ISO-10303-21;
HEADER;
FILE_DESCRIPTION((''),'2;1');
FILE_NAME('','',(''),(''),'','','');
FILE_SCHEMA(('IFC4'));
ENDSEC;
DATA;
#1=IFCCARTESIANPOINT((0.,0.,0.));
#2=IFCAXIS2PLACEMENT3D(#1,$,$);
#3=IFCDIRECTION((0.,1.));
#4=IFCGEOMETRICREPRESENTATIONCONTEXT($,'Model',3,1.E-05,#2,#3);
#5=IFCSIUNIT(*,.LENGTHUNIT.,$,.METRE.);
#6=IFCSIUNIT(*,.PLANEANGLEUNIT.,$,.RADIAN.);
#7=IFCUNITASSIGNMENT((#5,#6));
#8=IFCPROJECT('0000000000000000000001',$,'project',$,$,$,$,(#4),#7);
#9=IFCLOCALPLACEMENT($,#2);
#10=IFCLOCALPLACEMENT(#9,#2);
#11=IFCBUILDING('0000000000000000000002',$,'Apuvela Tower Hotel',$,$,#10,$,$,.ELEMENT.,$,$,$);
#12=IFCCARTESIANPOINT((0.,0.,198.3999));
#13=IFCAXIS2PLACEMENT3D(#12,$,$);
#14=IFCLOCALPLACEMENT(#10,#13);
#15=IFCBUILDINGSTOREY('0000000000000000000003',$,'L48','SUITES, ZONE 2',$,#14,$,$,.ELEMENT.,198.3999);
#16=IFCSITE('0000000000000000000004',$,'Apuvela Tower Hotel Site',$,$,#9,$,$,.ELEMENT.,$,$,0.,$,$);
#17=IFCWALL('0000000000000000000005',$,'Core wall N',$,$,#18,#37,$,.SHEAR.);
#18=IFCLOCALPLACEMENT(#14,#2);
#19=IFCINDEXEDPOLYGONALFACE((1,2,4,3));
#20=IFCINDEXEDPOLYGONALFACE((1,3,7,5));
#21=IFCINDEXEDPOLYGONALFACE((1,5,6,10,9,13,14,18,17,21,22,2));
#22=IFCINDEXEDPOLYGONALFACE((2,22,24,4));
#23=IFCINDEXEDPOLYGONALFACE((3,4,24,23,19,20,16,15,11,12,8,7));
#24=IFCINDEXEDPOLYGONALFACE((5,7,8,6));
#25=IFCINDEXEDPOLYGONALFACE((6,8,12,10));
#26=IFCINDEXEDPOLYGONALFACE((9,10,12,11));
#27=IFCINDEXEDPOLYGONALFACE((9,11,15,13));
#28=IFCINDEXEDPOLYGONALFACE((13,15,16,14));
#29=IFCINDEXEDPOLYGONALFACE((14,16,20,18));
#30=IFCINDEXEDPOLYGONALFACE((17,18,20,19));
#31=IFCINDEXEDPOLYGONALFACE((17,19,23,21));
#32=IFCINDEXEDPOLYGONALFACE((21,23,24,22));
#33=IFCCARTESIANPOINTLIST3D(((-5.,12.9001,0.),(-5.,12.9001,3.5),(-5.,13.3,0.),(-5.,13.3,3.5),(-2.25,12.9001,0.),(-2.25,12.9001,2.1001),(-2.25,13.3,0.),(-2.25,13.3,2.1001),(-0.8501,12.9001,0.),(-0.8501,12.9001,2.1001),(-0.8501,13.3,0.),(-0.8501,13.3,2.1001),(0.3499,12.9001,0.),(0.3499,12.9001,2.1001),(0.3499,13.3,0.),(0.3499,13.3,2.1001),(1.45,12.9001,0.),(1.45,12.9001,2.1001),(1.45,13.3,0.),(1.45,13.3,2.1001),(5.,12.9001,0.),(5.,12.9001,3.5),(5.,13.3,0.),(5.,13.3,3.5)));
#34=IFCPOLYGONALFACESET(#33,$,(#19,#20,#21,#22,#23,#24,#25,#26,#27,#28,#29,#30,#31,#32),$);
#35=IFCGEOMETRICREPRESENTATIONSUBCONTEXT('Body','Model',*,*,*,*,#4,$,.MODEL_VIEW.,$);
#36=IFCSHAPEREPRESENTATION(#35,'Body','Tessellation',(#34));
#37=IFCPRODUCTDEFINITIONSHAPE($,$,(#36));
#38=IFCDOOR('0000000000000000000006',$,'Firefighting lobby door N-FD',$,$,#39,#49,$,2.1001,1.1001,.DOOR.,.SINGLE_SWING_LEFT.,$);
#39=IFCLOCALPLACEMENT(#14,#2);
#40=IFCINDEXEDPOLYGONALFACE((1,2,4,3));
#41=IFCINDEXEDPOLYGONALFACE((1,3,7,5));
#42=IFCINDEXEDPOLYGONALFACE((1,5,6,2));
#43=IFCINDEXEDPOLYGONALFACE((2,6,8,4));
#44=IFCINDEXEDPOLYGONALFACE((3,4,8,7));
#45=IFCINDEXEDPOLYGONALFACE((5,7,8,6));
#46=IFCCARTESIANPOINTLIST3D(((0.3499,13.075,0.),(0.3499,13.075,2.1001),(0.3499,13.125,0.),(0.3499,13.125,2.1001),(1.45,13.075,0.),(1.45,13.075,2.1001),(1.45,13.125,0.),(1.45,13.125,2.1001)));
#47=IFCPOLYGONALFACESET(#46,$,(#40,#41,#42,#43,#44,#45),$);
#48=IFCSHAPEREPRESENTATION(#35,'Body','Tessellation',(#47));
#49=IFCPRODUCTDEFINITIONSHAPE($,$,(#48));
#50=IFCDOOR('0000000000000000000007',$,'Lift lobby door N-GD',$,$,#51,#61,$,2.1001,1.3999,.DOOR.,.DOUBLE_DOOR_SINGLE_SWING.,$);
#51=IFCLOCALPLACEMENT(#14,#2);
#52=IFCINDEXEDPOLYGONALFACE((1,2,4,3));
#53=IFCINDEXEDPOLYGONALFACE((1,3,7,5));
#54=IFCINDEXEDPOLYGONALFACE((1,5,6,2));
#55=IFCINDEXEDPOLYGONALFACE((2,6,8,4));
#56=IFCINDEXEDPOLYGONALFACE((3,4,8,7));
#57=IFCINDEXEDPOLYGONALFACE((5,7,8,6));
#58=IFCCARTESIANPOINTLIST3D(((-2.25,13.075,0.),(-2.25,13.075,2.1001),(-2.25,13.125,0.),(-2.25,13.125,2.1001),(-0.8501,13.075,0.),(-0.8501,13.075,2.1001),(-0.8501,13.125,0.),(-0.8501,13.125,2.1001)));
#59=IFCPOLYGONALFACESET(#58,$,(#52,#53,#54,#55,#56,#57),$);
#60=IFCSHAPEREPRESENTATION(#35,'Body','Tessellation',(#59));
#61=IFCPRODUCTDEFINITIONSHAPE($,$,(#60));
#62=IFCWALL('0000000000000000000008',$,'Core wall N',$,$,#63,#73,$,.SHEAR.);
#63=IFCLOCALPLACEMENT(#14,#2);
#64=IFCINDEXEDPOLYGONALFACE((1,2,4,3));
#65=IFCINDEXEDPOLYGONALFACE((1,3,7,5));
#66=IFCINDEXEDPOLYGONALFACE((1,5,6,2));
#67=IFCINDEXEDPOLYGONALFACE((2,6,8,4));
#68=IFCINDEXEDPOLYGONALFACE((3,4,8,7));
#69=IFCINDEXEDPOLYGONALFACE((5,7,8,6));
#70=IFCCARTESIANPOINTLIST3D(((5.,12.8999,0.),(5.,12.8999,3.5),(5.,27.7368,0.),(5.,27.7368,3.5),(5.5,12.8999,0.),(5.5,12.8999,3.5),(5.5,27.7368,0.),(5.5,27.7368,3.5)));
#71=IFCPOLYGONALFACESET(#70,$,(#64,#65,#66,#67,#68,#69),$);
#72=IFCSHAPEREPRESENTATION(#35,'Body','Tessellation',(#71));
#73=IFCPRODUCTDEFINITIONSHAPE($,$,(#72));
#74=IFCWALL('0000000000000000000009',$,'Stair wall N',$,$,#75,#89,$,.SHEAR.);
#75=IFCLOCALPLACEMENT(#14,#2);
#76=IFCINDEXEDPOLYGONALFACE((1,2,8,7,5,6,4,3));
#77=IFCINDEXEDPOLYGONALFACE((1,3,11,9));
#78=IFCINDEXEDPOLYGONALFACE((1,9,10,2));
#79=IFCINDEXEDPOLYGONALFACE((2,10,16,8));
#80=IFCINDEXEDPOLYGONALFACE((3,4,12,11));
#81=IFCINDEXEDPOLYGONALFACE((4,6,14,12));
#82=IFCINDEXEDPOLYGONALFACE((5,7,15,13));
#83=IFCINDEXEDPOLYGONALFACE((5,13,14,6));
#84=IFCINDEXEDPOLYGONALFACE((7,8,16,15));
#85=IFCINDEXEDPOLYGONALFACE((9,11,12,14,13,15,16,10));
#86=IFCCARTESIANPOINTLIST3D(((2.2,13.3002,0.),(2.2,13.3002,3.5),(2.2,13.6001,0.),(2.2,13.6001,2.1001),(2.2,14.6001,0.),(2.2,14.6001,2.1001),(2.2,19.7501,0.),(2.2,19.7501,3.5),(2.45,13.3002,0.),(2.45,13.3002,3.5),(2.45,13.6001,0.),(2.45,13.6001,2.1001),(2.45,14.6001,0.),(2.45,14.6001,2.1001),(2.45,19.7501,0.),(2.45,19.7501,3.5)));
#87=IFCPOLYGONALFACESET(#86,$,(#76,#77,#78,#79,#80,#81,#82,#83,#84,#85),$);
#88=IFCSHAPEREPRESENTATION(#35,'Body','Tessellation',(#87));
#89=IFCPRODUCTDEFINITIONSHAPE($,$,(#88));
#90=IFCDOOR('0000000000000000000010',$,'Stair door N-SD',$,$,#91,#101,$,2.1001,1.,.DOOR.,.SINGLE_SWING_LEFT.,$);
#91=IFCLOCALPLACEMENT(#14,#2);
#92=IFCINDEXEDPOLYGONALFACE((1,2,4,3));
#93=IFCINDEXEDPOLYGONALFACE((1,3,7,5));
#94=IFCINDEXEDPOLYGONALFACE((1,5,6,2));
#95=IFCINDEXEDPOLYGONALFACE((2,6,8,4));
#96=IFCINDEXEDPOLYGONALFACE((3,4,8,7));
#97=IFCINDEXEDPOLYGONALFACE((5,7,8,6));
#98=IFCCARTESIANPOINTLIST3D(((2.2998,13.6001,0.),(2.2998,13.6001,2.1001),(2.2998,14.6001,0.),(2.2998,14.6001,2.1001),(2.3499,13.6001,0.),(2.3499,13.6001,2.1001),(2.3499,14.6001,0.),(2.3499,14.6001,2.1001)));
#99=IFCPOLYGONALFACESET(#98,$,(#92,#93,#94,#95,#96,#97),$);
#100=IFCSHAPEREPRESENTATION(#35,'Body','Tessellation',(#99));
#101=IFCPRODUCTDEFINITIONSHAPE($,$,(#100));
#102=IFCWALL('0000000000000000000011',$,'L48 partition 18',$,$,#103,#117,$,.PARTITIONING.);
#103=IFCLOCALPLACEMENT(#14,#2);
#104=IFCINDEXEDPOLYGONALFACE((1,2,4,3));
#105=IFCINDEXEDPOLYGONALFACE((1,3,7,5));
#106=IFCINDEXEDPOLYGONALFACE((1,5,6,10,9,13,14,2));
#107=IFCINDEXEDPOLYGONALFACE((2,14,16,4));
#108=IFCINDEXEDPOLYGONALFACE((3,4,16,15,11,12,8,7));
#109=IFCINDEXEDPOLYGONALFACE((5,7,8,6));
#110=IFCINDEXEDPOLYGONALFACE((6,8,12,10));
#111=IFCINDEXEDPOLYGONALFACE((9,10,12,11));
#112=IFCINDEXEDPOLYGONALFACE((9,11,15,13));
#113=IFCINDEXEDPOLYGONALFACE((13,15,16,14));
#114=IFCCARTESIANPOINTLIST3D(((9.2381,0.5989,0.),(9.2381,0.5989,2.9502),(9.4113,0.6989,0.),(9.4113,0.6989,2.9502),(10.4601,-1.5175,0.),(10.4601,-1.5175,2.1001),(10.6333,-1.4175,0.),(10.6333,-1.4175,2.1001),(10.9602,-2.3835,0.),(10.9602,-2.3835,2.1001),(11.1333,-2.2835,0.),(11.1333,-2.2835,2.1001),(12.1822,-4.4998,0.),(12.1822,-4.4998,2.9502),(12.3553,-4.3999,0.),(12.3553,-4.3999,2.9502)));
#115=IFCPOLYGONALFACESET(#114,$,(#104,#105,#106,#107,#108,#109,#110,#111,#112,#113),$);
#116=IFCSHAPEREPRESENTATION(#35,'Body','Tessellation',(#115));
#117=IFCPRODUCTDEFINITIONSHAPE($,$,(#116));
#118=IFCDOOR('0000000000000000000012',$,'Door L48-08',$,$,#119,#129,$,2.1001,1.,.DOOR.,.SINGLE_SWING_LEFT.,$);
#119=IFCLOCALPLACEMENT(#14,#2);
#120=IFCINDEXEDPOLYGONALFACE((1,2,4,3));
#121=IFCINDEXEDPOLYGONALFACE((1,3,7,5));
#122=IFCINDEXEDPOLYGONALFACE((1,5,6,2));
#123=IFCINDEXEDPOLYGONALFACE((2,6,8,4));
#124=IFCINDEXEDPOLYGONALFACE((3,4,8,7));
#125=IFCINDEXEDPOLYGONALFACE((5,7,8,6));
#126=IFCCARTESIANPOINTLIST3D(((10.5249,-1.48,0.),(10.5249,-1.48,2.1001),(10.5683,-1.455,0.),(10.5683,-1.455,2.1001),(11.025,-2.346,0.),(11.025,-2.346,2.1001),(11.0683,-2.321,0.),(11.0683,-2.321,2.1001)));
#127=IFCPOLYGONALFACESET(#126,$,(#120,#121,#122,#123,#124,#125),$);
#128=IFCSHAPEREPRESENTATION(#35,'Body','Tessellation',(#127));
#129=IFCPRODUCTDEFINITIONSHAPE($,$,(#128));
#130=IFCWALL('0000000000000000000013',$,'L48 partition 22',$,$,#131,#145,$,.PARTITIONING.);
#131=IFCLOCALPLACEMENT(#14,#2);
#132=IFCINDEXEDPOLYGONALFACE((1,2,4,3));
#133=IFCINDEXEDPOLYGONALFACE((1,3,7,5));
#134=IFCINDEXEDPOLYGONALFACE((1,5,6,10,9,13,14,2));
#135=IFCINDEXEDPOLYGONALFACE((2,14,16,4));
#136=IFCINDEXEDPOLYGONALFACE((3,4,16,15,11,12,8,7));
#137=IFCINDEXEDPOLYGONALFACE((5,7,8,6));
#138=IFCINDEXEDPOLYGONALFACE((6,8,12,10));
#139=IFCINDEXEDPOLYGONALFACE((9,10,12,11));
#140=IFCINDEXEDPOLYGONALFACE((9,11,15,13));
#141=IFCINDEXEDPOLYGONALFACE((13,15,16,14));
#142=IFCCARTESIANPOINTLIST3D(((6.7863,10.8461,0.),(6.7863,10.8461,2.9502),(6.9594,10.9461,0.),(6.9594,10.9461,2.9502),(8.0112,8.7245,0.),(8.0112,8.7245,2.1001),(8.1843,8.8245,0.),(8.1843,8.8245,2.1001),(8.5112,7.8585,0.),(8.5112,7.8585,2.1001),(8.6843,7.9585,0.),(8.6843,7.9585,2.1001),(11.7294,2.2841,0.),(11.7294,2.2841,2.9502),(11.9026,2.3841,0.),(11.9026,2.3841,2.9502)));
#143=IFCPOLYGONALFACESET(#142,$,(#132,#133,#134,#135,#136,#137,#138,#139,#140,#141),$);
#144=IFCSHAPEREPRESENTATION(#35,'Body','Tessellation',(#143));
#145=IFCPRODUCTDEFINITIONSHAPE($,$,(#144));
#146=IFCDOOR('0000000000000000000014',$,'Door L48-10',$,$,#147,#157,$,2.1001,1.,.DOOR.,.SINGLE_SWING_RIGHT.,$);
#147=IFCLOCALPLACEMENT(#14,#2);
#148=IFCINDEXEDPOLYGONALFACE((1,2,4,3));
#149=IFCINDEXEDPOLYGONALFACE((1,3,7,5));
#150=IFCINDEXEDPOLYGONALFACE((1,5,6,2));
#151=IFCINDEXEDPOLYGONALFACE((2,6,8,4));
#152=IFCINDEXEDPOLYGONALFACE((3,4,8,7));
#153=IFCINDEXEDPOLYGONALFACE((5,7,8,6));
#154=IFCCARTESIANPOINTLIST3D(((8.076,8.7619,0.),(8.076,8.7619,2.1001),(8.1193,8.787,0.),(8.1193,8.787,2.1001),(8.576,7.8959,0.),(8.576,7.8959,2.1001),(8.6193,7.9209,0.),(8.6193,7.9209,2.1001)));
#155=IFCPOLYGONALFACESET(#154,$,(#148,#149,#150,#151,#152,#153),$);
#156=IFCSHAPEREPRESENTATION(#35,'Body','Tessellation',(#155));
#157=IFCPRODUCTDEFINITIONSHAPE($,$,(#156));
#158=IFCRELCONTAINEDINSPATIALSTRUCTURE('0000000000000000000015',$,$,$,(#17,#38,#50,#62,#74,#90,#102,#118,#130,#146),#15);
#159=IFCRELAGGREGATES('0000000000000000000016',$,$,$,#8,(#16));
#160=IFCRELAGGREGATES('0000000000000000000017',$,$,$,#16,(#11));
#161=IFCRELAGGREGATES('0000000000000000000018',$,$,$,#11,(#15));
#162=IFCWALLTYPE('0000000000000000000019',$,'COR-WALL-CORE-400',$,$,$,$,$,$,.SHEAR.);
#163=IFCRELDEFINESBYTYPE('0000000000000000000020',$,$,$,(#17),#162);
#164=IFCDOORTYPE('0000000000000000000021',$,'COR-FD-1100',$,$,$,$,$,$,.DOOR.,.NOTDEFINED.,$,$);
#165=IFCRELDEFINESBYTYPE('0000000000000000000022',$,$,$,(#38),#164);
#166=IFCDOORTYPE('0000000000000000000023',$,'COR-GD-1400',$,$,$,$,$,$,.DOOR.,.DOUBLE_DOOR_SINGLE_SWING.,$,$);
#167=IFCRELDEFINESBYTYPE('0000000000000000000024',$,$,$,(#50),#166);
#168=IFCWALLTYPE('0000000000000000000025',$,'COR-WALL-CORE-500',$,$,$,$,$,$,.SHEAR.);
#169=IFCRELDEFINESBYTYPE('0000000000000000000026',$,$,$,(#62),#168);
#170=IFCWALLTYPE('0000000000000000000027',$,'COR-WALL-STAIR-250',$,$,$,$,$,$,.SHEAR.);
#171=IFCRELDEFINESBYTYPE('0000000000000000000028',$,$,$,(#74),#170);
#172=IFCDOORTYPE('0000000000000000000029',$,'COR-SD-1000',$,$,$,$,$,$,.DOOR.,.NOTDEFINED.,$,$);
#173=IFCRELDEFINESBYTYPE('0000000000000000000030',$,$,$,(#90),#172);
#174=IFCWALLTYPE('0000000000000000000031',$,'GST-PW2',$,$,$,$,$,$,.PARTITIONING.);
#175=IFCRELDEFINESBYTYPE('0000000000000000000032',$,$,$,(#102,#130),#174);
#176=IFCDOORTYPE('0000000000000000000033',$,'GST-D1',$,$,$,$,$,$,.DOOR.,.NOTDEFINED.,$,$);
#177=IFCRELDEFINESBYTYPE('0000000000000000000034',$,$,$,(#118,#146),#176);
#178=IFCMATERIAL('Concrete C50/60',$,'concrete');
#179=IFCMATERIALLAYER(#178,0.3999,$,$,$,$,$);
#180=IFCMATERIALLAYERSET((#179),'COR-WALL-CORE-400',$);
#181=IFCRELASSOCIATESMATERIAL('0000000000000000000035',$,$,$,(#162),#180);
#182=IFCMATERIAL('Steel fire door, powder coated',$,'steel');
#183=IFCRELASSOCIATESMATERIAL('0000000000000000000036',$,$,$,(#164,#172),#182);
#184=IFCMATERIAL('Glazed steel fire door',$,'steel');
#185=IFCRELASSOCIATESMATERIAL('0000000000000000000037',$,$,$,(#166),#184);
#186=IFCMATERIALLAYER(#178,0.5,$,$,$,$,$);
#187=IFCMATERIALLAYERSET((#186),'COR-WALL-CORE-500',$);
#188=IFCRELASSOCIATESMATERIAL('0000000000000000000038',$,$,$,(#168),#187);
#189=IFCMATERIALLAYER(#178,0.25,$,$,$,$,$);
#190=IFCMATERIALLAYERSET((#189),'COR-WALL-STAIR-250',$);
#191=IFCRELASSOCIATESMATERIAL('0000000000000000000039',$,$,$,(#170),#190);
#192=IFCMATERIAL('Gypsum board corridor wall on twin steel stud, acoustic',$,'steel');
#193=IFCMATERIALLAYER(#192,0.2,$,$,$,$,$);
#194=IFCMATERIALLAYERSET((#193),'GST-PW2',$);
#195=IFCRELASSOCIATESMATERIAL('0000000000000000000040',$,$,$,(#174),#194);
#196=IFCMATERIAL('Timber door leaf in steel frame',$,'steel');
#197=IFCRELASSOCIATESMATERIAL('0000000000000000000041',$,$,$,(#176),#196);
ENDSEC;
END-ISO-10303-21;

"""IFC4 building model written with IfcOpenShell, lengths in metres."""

from ifc_helpers import new_model, si_unit, direction, frame, frame_2d, origin, place, context, subcontext, project, spatial, rectangle, extrude, material, layer, layer_set, type_object, element, fill, save


model = new_model("IFC4")

# Units and contexts
model_context = context("Model", 3, precision=1e-05, world=origin(), true_north=direction((0.0, 1.0)))
body_context = subcontext(model_context, "Body", "Model", "MODEL_VIEW")
ifc_project = project(units=[si_unit("LENGTHUNIT", "METRE"), si_unit("PLANEANGLEUNIT", "RADIAN")], contexts=[model_context])

# Site, building, storey
site_placement = place(None, origin())
site = spatial("IfcSite", under=ifc_project, at=site_placement, Name="Apuvela Tower Hotel Site", CompositionType="ELEMENT", RefElevation=0.0)
building_placement = place(site_placement, origin())
building = spatial("IfcBuilding", under=site, at=building_placement, Name="Apuvela Tower Hotel", CompositionType="ELEMENT")
storey_placement = place(building_placement, frame((0.0, 0.0, 198.3999)))
storey = spatial("IfcBuildingStorey", under=building, at=storey_placement, Name="L48", Description="SUITES, ZONE 2", CompositionType="ELEMENT", Elevation=198.3999)

# Shared definitions
ifc_material_1 = material(Name="Concrete C50/60", Category="concrete")

# Wall, openings, doors
ifc_layer_1 = layer(ifc_material_1, 0.3999)
ifc_layer_set_1 = layer_set([ifc_layer_1], Name="COR-WALL-CORE-400")
wall_type_1 = type_object("IfcWallType", Name="COR-WALL-CORE-400", PredefinedType="SHEAR", material=ifc_layer_set_1)
wall_1_placement = place(storey_placement, frame((5.0, 13.1001, 0.0), z_axis=(0.0, 0.0, 1.0), x_axis=(-1.0, 0.0, 0.0)))
wall_1 = element("IfcWall", 1, at=wall_1_placement, inside=storey, type_object=wall_type_1, Name="Core wall N", PredefinedType="SHEAR", context=body_context, shape_type="SweptSolid", body=[
    extrude(rectangle(XDim=10.0, YDim=0.3999, at=frame_2d((5.0, 0.0))), origin(), (0.0, 0.0, 1.0), 3.5),
])
opening_1_placement = place(wall_1_placement, frame((3.55, 0.0, 0.0)))
opening_1 = element("IfcOpeningElement", 2, at=opening_1_placement, cuts=wall_1, PredefinedType="OPENING", context=body_context, shape_type="SweptSolid", body=[
    extrude(rectangle(XDim=1.1001, YDim=2.1001, at=frame_2d((0.55, 1.05))), frame((0.0, 0.21, 0.0), z_axis=(0.0, -1.0, 0.0), x_axis=(1.0, 0.0, 0.0)), (0.0, 0.0, 1.0), 0.4199),
])
opening_2_placement = place(wall_1_placement, frame((5.8501, 0.0, 0.0)))
opening_2 = element("IfcOpeningElement", 3, at=opening_2_placement, cuts=wall_1, PredefinedType="OPENING", context=body_context, shape_type="SweptSolid", body=[
    extrude(rectangle(XDim=1.3999, YDim=2.1001, at=frame_2d((0.7, 1.05))), frame((0.0, 0.21, 0.0), z_axis=(0.0, -1.0, 0.0), x_axis=(1.0, 0.0, 0.0)), (0.0, 0.0, 1.0), 0.4199),
])
ifc_material_2 = material(Name="Steel fire door, powder coated", Category="steel")
door_type_1 = type_object("IfcDoorType", Name="COR-FD-1100", OperationType="NOTDEFINED", PredefinedType="DOOR", material=ifc_material_2)
door_1_placement = place(opening_1_placement, frame((1.1001, 0.0, 0.0), z_axis=(0.0, 0.0, 1.0), x_axis=(-1.0, 0.0, 0.0)))
door_1 = element("IfcDoor", 4, at=door_1_placement, inside=storey, type_object=door_type_1, Name="Firefighting lobby door N-FD", OperationType="SINGLE_SWING_LEFT", OverallHeight=2.1001, OverallWidth=1.1001, PredefinedType="DOOR", context=body_context, shape_type="SweptSolid", body=[
    extrude(rectangle(XDim=1.1001, YDim=2.1001, at=frame_2d((0.55, 1.05))), frame((0.0, 0.0249, 0.0), z_axis=(0.0, -1.0, 0.0), x_axis=(1.0, 0.0, 0.0)), (0.0, 0.0, 1.0), 0.05),
])
fill(opening_1, door_1)
ifc_material_3 = material(Name="Glazed steel fire door", Category="steel")
door_type_2 = type_object("IfcDoorType", Name="COR-GD-1400", OperationType="DOUBLE_DOOR_SINGLE_SWING", PredefinedType="DOOR", material=ifc_material_3)
door_2_placement = place(opening_2_placement, frame((1.3999, 0.0, 0.0), z_axis=(0.0, 0.0, 1.0), x_axis=(-1.0, 0.0, 0.0)))
door_2 = element("IfcDoor", 5, at=door_2_placement, inside=storey, type_object=door_type_2, Name="Lift lobby door N-GD", OperationType="DOUBLE_DOOR_SINGLE_SWING", OverallHeight=2.1001, OverallWidth=1.3999, PredefinedType="DOOR", context=body_context, shape_type="SweptSolid", body=[
    extrude(rectangle(XDim=1.3999, YDim=2.1001, at=frame_2d((0.7, 1.05))), frame((0.0, 0.0249, 0.0), z_axis=(0.0, -1.0, 0.0), x_axis=(1.0, 0.0, 0.0)), (0.0, 0.0, 1.0), 0.05),
])
fill(opening_2, door_2)

# Wall
ifc_layer_2 = layer(ifc_material_1, 0.5)
ifc_layer_set_2 = layer_set([ifc_layer_2], Name="COR-WALL-CORE-500")
wall_type_2 = type_object("IfcWallType", Name="COR-WALL-CORE-500", PredefinedType="SHEAR", material=ifc_layer_set_2)
wall_2_placement = place(storey_placement, frame((5.25, 12.8999, 0.0), z_axis=(0.0, 0.0, 1.0), x_axis=(0.0, 1.0, 0.0)))
element("IfcWall", 6, at=wall_2_placement, inside=storey, type_object=wall_type_2, Name="Core wall N", PredefinedType="SHEAR", context=body_context, shape_type="SweptSolid", body=[
    extrude(rectangle(XDim=14.8369, YDim=0.5, at=frame_2d((7.4185, 0.0))), origin(), (0.0, 0.0, 1.0), 3.5),
])

# Walls, openings, doors
ifc_layer_3 = layer(ifc_material_1, 0.25)
ifc_layer_set_3 = layer_set([ifc_layer_3], Name="COR-WALL-STAIR-250")
wall_type_3 = type_object("IfcWallType", Name="COR-WALL-STAIR-250", PredefinedType="SHEAR", material=ifc_layer_set_3)
wall_3_placement = place(storey_placement, frame((2.325, 13.3, 0.0), z_axis=(0.0, 0.0, 1.0), x_axis=(0.0, 1.0, 0.0)))
wall_3 = element("IfcWall", 7, at=wall_3_placement, inside=storey, type_object=wall_type_3, Name="Stair wall N", PredefinedType="SHEAR", context=body_context, shape_type="SweptSolid", body=[
    extrude(rectangle(XDim=6.45, YDim=0.25, at=frame_2d((3.2251, 0.0))), origin(), (0.0, 0.0, 1.0), 3.5),
])
opening_3_placement = place(wall_3_placement, frame((0.3, 0.0, 0.0)))
opening_3 = element("IfcOpeningElement", 8, at=opening_3_placement, cuts=wall_3, PredefinedType="OPENING", context=body_context, shape_type="SweptSolid", body=[
    extrude(rectangle(XDim=1.0, YDim=2.1001, at=frame_2d((0.5, 1.05))), frame((0.0, 0.135, 0.0), z_axis=(0.0, -1.0, 0.0), x_axis=(1.0, 0.0, 0.0)), (0.0, 0.0, 1.0), 0.27),
])
door_type_3 = type_object("IfcDoorType", Name="COR-SD-1000", OperationType="NOTDEFINED", PredefinedType="DOOR", material=ifc_material_2)
door_3_placement = place(opening_3_placement, frame((1.0, 0.0, 0.0), z_axis=(0.0, 0.0, 1.0), x_axis=(-1.0, 0.0, 0.0)))
door_3 = element("IfcDoor", 9, at=door_3_placement, inside=storey, type_object=door_type_3, Name="Stair door N-SD", OperationType="SINGLE_SWING_LEFT", OverallHeight=2.1001, OverallWidth=1.0, PredefinedType="DOOR", context=body_context, shape_type="SweptSolid", body=[
    extrude(rectangle(XDim=1.0, YDim=2.1001, at=frame_2d((0.5, 1.05))), frame((0.0, 0.0249, 0.0), z_axis=(0.0, -1.0, 0.0), x_axis=(1.0, 0.0, 0.0)), (0.0, 0.0, 1.0), 0.05),
])
fill(opening_3, door_3)
ifc_material_4 = material(Name="Gypsum board corridor wall on twin steel stud, acoustic", Category="steel")
ifc_layer_4 = layer(ifc_material_4, 0.2)
ifc_layer_set_4 = layer_set([ifc_layer_4], Name="GST-PW2")
wall_type_4 = type_object("IfcWallType", Name="GST-PW2", PredefinedType="PARTITIONING", material=ifc_layer_set_4)
wall_4_placement = place(storey_placement, frame((9.3247, 0.6489, 0.0), z_axis=(0.0, 0.0, 1.0), x_axis=(0.500032, -0.866007, 0.0)))
wall_4 = element("IfcWall", 10, at=wall_4_placement, inside=storey, type_object=wall_type_4, Name="L48 partition 18", PredefinedType="PARTITIONING", context=body_context, shape_type="SweptSolid", body=[
    extrude(rectangle(XDim=5.8877, YDim=0.2, at=frame_2d((2.9438, 0.0))), origin(), (0.0, 0.0, 1.0), 2.9502),
])
opening_4_placement = place(wall_4_placement, frame((2.4438, 0.0, 0.0)))
opening_4 = element("IfcOpeningElement", 11, at=opening_4_placement, cuts=wall_4, PredefinedType="OPENING", context=body_context, shape_type="SweptSolid", body=[
    extrude(rectangle(XDim=1.0, YDim=2.1001, at=frame_2d((0.5, 1.05))), frame((0.0, 0.1099, 0.0), z_axis=(0.0, -1.0, 0.0), x_axis=(1.0, 0.0, 0.0)), (0.0, 0.0, 1.0), 0.22),
])
ifc_material_5 = material(Name="Timber door leaf in steel frame", Category="steel")
door_type_4 = type_object("IfcDoorType", Name="GST-D1", OperationType="NOTDEFINED", PredefinedType="DOOR", material=ifc_material_5)
door_4_placement = place(opening_4_placement, origin())
door_4 = element("IfcDoor", 12, at=door_4_placement, inside=storey, type_object=door_type_4, Name="Door L48-08", OperationType="SINGLE_SWING_LEFT", OverallHeight=2.1001, OverallWidth=1.0, PredefinedType="DOOR", context=body_context, shape_type="SweptSolid", body=[
    extrude(rectangle(XDim=1.0, YDim=2.1001, at=frame_2d((0.5, 1.05))), frame((0.0, 0.0249, 0.0), z_axis=(0.0, -1.0, 0.0), x_axis=(1.0, 0.0, 0.0)), (0.0, 0.0, 1.0), 0.05),
])
fill(opening_4, door_4)
wall_5_placement = place(storey_placement, frame((6.8728, 10.8962, 0.0), z_axis=(0.0, 0.0, 1.0), x_axis=(0.499988, -0.866033, 0.0)))
wall_5 = element("IfcWall", 13, at=wall_5_placement, inside=storey, type_object=wall_type_4, Name="L48 partition 22", PredefinedType="PARTITIONING", context=body_context, shape_type="SweptSolid", body=[
    extrude(rectangle(XDim=9.8865, YDim=0.2, at=frame_2d((4.9434, 0.0))), origin(), (0.0, 0.0, 1.0), 2.9502),
])
opening_5_placement = place(wall_5_placement, frame((2.45, 0.0, 0.0)))
opening_5 = element("IfcOpeningElement", 14, at=opening_5_placement, cuts=wall_5, PredefinedType="OPENING", context=body_context, shape_type="SweptSolid", body=[
    extrude(rectangle(XDim=1.0, YDim=2.1001, at=frame_2d((0.5, 1.05))), frame((0.0, 0.1099, 0.0), z_axis=(0.0, -1.0, 0.0), x_axis=(1.0, 0.0, 0.0)), (0.0, 0.0, 1.0), 0.22),
])
door_5_placement = place(opening_5_placement, origin())
door_5 = element("IfcDoor", 15, at=door_5_placement, inside=storey, type_object=door_type_4, Name="Door L48-10", OperationType="SINGLE_SWING_RIGHT", OverallHeight=2.1001, OverallWidth=1.0, PredefinedType="DOOR", context=body_context, shape_type="SweptSolid", body=[
    extrude(rectangle(XDim=1.0, YDim=2.1001, at=frame_2d((0.5, 1.05))), frame((0.0, 0.0249, 0.0), z_axis=(0.0, -1.0, 0.0), x_axis=(1.0, 0.0, 0.0)), (0.0, 0.0, 1.0), 0.05),
])
fill(opening_5, door_5)

save(model, "model.ifc")
